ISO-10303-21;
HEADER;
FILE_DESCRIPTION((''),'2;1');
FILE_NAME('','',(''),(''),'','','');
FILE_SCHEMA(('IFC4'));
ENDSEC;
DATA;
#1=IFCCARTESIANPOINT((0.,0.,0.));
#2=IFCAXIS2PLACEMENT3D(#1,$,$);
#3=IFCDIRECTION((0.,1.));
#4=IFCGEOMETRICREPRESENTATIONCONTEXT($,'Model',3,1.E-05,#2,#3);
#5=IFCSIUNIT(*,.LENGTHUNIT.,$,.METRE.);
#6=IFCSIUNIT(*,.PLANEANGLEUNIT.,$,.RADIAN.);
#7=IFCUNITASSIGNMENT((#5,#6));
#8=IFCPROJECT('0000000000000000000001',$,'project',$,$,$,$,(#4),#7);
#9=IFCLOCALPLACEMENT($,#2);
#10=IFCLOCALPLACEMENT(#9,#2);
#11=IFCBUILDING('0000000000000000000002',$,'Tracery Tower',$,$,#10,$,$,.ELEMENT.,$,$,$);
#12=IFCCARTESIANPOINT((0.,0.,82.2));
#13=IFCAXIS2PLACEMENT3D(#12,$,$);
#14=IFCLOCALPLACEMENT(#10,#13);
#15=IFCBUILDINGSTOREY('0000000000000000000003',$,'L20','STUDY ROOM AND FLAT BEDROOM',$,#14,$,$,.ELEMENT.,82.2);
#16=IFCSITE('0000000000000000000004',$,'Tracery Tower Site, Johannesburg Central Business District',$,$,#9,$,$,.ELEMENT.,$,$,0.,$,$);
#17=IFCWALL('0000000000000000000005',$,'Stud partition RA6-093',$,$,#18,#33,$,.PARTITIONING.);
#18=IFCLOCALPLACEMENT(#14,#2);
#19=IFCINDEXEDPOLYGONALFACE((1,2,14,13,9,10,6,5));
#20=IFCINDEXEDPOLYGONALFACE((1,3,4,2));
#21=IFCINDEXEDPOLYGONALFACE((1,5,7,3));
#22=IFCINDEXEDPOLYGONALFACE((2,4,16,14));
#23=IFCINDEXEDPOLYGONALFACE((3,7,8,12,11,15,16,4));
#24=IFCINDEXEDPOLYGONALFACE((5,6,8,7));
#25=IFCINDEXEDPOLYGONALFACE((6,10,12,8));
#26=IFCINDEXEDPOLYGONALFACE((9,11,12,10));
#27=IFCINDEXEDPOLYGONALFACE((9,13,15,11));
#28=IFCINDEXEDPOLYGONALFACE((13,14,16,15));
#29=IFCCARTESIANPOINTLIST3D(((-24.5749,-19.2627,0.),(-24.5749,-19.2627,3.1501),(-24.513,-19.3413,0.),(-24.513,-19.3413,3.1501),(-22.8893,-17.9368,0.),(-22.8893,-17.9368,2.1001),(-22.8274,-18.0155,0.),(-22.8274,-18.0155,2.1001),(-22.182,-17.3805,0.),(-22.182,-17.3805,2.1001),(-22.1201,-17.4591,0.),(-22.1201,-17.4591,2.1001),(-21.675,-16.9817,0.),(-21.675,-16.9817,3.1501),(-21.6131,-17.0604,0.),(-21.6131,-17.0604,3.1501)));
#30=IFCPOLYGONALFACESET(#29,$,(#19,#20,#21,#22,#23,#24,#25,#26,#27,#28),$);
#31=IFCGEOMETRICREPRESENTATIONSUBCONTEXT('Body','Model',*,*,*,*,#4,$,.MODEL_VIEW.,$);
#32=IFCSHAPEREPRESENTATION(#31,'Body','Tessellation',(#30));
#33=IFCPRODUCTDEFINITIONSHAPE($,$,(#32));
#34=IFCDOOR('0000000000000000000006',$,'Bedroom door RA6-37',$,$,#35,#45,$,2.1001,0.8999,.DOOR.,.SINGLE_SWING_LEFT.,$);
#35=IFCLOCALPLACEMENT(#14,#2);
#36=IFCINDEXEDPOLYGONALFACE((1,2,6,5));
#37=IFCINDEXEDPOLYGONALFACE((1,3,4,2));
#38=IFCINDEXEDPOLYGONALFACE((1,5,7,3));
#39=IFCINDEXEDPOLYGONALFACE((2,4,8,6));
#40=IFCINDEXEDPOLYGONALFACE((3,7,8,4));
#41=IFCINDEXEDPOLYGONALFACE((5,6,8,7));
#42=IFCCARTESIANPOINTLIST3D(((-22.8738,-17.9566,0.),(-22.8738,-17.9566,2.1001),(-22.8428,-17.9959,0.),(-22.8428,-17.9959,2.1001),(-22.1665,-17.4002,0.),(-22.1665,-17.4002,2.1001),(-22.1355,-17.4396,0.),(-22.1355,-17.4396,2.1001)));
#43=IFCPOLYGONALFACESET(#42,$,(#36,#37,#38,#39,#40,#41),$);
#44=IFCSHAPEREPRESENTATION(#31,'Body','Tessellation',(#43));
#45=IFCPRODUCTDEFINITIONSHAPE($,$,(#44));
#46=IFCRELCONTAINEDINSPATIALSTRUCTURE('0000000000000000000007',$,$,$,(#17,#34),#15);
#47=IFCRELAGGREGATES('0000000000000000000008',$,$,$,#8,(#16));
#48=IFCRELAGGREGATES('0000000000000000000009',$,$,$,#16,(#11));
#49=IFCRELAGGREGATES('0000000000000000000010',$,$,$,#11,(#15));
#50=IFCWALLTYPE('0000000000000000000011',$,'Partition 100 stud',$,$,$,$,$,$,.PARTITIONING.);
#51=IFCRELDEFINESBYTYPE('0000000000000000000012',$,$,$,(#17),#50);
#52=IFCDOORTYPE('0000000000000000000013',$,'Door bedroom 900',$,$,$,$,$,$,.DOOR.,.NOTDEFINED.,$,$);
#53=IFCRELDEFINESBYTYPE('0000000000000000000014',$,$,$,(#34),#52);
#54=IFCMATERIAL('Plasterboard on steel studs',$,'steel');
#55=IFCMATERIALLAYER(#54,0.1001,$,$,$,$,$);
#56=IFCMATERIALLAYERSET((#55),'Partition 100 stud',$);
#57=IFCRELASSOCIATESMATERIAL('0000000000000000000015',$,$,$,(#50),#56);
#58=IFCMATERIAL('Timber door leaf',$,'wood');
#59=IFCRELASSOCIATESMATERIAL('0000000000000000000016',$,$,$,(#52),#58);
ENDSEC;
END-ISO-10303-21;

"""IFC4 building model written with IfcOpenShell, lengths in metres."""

from ifc_helpers import new_model, si_unit, direction, frame, frame_2d, origin, place, context, subcontext, project, spatial, rectangle, extrude, material, layer, layer_set, type_object, element, fill, save


model = new_model("IFC4")

# Units and contexts
model_context = context("Model", 3, precision=1e-05, world=origin(), true_north=direction((0.0, 1.0)))
body_context = subcontext(model_context, "Body", "Model", "MODEL_VIEW")
ifc_project = project(units=[si_unit("LENGTHUNIT", "METRE"), si_unit("PLANEANGLEUNIT", "RADIAN")], contexts=[model_context])

# Site, building, storey
site_placement = place(None, origin())
site = spatial("IfcSite", under=ifc_project, at=site_placement, Name="Tracery Tower Site, Johannesburg Central Business District", CompositionType="ELEMENT", RefElevation=0.0)
building_placement = place(site_placement, origin())
building = spatial("IfcBuilding", under=site, at=building_placement, Name="Tracery Tower", CompositionType="ELEMENT")
storey_placement = place(building_placement, frame((0.0, 0.0, 82.2)))
storey = spatial("IfcBuildingStorey", under=building, at=storey_placement, Name="L20", Description="STUDY ROOM AND FLAT BEDROOM", CompositionType="ELEMENT", Elevation=82.2)

# Wall, opening, door
ifc_material_1 = material(Name="Plasterboard on steel studs", Category="steel")
ifc_layer_1 = layer(ifc_material_1, 0.1001)
ifc_layer_set_1 = layer_set([ifc_layer_1], Name="Partition 100 stud")
wall_type_1 = type_object("IfcWallType", Name="Partition 100 stud", PredefinedType="PARTITIONING", material=ifc_layer_set_1)
ifc_material_2 = material(Name="Timber door leaf", Category="wood")
door_type = type_object("IfcDoorType", Name="Door bedroom 900", OperationType="NOTDEFINED", PredefinedType="DOOR", material=ifc_material_2)
wall_1_placement = place(storey_placement, frame((-24.5439, -19.302, 0.0), z_axis=(0.0, 0.0, 1.0), x_axis=(0.785988, 0.618242, 0.0)))
wall_1 = element("IfcWall", 1, at=wall_1_placement, inside=storey, type_object=wall_type_1, Name="Stud partition RA6-093", PredefinedType="PARTITIONING", context=body_context, shape_type="SweptSolid", body=[
    extrude(rectangle(XDim=3.6895, YDim=0.1001, at=frame_2d((1.8447, 0.0))), origin(), (0.0, 0.0, 1.0), 3.1501),
])
opening_1_placement = place(wall_1_placement, frame((2.1445, 0.0, 0.0)))
opening_1 = element("IfcOpeningElement", 2, at=opening_1_placement, cuts=wall_1, PredefinedType="OPENING", context=body_context, shape_type="SweptSolid", body=[
    extrude(rectangle(XDim=0.8999, YDim=2.1001, at=frame_2d((0.45, 1.05))), frame((0.0, 0.05, 0.0), z_axis=(0.0, -1.0, 0.0), x_axis=(1.0, 0.0, 0.0)), (0.0, 0.0, 1.0), 0.1001),
])
door_1_placement = place(opening_1_placement, origin())
door_1 = element("IfcDoor", 3, at=door_1_placement, inside=storey, type_object=door_type, Name="Bedroom door RA6-37", OperationType="SINGLE_SWING_LEFT", OverallHeight=2.1001, OverallWidth=0.8999, PredefinedType="DOOR", context=body_context, shape_type="SweptSolid", body=[
    extrude(rectangle(XDim=0.8999, YDim=2.1001, at=frame_2d((0.45, 1.05))), frame((0.0, 0.0249, 0.0), z_axis=(0.0, -1.0, 0.0), x_axis=(1.0, 0.0, 0.0)), (0.0, 0.0, 1.0), 0.05),
])
fill(opening_1, door_1)

save(model, "model.ifc")
